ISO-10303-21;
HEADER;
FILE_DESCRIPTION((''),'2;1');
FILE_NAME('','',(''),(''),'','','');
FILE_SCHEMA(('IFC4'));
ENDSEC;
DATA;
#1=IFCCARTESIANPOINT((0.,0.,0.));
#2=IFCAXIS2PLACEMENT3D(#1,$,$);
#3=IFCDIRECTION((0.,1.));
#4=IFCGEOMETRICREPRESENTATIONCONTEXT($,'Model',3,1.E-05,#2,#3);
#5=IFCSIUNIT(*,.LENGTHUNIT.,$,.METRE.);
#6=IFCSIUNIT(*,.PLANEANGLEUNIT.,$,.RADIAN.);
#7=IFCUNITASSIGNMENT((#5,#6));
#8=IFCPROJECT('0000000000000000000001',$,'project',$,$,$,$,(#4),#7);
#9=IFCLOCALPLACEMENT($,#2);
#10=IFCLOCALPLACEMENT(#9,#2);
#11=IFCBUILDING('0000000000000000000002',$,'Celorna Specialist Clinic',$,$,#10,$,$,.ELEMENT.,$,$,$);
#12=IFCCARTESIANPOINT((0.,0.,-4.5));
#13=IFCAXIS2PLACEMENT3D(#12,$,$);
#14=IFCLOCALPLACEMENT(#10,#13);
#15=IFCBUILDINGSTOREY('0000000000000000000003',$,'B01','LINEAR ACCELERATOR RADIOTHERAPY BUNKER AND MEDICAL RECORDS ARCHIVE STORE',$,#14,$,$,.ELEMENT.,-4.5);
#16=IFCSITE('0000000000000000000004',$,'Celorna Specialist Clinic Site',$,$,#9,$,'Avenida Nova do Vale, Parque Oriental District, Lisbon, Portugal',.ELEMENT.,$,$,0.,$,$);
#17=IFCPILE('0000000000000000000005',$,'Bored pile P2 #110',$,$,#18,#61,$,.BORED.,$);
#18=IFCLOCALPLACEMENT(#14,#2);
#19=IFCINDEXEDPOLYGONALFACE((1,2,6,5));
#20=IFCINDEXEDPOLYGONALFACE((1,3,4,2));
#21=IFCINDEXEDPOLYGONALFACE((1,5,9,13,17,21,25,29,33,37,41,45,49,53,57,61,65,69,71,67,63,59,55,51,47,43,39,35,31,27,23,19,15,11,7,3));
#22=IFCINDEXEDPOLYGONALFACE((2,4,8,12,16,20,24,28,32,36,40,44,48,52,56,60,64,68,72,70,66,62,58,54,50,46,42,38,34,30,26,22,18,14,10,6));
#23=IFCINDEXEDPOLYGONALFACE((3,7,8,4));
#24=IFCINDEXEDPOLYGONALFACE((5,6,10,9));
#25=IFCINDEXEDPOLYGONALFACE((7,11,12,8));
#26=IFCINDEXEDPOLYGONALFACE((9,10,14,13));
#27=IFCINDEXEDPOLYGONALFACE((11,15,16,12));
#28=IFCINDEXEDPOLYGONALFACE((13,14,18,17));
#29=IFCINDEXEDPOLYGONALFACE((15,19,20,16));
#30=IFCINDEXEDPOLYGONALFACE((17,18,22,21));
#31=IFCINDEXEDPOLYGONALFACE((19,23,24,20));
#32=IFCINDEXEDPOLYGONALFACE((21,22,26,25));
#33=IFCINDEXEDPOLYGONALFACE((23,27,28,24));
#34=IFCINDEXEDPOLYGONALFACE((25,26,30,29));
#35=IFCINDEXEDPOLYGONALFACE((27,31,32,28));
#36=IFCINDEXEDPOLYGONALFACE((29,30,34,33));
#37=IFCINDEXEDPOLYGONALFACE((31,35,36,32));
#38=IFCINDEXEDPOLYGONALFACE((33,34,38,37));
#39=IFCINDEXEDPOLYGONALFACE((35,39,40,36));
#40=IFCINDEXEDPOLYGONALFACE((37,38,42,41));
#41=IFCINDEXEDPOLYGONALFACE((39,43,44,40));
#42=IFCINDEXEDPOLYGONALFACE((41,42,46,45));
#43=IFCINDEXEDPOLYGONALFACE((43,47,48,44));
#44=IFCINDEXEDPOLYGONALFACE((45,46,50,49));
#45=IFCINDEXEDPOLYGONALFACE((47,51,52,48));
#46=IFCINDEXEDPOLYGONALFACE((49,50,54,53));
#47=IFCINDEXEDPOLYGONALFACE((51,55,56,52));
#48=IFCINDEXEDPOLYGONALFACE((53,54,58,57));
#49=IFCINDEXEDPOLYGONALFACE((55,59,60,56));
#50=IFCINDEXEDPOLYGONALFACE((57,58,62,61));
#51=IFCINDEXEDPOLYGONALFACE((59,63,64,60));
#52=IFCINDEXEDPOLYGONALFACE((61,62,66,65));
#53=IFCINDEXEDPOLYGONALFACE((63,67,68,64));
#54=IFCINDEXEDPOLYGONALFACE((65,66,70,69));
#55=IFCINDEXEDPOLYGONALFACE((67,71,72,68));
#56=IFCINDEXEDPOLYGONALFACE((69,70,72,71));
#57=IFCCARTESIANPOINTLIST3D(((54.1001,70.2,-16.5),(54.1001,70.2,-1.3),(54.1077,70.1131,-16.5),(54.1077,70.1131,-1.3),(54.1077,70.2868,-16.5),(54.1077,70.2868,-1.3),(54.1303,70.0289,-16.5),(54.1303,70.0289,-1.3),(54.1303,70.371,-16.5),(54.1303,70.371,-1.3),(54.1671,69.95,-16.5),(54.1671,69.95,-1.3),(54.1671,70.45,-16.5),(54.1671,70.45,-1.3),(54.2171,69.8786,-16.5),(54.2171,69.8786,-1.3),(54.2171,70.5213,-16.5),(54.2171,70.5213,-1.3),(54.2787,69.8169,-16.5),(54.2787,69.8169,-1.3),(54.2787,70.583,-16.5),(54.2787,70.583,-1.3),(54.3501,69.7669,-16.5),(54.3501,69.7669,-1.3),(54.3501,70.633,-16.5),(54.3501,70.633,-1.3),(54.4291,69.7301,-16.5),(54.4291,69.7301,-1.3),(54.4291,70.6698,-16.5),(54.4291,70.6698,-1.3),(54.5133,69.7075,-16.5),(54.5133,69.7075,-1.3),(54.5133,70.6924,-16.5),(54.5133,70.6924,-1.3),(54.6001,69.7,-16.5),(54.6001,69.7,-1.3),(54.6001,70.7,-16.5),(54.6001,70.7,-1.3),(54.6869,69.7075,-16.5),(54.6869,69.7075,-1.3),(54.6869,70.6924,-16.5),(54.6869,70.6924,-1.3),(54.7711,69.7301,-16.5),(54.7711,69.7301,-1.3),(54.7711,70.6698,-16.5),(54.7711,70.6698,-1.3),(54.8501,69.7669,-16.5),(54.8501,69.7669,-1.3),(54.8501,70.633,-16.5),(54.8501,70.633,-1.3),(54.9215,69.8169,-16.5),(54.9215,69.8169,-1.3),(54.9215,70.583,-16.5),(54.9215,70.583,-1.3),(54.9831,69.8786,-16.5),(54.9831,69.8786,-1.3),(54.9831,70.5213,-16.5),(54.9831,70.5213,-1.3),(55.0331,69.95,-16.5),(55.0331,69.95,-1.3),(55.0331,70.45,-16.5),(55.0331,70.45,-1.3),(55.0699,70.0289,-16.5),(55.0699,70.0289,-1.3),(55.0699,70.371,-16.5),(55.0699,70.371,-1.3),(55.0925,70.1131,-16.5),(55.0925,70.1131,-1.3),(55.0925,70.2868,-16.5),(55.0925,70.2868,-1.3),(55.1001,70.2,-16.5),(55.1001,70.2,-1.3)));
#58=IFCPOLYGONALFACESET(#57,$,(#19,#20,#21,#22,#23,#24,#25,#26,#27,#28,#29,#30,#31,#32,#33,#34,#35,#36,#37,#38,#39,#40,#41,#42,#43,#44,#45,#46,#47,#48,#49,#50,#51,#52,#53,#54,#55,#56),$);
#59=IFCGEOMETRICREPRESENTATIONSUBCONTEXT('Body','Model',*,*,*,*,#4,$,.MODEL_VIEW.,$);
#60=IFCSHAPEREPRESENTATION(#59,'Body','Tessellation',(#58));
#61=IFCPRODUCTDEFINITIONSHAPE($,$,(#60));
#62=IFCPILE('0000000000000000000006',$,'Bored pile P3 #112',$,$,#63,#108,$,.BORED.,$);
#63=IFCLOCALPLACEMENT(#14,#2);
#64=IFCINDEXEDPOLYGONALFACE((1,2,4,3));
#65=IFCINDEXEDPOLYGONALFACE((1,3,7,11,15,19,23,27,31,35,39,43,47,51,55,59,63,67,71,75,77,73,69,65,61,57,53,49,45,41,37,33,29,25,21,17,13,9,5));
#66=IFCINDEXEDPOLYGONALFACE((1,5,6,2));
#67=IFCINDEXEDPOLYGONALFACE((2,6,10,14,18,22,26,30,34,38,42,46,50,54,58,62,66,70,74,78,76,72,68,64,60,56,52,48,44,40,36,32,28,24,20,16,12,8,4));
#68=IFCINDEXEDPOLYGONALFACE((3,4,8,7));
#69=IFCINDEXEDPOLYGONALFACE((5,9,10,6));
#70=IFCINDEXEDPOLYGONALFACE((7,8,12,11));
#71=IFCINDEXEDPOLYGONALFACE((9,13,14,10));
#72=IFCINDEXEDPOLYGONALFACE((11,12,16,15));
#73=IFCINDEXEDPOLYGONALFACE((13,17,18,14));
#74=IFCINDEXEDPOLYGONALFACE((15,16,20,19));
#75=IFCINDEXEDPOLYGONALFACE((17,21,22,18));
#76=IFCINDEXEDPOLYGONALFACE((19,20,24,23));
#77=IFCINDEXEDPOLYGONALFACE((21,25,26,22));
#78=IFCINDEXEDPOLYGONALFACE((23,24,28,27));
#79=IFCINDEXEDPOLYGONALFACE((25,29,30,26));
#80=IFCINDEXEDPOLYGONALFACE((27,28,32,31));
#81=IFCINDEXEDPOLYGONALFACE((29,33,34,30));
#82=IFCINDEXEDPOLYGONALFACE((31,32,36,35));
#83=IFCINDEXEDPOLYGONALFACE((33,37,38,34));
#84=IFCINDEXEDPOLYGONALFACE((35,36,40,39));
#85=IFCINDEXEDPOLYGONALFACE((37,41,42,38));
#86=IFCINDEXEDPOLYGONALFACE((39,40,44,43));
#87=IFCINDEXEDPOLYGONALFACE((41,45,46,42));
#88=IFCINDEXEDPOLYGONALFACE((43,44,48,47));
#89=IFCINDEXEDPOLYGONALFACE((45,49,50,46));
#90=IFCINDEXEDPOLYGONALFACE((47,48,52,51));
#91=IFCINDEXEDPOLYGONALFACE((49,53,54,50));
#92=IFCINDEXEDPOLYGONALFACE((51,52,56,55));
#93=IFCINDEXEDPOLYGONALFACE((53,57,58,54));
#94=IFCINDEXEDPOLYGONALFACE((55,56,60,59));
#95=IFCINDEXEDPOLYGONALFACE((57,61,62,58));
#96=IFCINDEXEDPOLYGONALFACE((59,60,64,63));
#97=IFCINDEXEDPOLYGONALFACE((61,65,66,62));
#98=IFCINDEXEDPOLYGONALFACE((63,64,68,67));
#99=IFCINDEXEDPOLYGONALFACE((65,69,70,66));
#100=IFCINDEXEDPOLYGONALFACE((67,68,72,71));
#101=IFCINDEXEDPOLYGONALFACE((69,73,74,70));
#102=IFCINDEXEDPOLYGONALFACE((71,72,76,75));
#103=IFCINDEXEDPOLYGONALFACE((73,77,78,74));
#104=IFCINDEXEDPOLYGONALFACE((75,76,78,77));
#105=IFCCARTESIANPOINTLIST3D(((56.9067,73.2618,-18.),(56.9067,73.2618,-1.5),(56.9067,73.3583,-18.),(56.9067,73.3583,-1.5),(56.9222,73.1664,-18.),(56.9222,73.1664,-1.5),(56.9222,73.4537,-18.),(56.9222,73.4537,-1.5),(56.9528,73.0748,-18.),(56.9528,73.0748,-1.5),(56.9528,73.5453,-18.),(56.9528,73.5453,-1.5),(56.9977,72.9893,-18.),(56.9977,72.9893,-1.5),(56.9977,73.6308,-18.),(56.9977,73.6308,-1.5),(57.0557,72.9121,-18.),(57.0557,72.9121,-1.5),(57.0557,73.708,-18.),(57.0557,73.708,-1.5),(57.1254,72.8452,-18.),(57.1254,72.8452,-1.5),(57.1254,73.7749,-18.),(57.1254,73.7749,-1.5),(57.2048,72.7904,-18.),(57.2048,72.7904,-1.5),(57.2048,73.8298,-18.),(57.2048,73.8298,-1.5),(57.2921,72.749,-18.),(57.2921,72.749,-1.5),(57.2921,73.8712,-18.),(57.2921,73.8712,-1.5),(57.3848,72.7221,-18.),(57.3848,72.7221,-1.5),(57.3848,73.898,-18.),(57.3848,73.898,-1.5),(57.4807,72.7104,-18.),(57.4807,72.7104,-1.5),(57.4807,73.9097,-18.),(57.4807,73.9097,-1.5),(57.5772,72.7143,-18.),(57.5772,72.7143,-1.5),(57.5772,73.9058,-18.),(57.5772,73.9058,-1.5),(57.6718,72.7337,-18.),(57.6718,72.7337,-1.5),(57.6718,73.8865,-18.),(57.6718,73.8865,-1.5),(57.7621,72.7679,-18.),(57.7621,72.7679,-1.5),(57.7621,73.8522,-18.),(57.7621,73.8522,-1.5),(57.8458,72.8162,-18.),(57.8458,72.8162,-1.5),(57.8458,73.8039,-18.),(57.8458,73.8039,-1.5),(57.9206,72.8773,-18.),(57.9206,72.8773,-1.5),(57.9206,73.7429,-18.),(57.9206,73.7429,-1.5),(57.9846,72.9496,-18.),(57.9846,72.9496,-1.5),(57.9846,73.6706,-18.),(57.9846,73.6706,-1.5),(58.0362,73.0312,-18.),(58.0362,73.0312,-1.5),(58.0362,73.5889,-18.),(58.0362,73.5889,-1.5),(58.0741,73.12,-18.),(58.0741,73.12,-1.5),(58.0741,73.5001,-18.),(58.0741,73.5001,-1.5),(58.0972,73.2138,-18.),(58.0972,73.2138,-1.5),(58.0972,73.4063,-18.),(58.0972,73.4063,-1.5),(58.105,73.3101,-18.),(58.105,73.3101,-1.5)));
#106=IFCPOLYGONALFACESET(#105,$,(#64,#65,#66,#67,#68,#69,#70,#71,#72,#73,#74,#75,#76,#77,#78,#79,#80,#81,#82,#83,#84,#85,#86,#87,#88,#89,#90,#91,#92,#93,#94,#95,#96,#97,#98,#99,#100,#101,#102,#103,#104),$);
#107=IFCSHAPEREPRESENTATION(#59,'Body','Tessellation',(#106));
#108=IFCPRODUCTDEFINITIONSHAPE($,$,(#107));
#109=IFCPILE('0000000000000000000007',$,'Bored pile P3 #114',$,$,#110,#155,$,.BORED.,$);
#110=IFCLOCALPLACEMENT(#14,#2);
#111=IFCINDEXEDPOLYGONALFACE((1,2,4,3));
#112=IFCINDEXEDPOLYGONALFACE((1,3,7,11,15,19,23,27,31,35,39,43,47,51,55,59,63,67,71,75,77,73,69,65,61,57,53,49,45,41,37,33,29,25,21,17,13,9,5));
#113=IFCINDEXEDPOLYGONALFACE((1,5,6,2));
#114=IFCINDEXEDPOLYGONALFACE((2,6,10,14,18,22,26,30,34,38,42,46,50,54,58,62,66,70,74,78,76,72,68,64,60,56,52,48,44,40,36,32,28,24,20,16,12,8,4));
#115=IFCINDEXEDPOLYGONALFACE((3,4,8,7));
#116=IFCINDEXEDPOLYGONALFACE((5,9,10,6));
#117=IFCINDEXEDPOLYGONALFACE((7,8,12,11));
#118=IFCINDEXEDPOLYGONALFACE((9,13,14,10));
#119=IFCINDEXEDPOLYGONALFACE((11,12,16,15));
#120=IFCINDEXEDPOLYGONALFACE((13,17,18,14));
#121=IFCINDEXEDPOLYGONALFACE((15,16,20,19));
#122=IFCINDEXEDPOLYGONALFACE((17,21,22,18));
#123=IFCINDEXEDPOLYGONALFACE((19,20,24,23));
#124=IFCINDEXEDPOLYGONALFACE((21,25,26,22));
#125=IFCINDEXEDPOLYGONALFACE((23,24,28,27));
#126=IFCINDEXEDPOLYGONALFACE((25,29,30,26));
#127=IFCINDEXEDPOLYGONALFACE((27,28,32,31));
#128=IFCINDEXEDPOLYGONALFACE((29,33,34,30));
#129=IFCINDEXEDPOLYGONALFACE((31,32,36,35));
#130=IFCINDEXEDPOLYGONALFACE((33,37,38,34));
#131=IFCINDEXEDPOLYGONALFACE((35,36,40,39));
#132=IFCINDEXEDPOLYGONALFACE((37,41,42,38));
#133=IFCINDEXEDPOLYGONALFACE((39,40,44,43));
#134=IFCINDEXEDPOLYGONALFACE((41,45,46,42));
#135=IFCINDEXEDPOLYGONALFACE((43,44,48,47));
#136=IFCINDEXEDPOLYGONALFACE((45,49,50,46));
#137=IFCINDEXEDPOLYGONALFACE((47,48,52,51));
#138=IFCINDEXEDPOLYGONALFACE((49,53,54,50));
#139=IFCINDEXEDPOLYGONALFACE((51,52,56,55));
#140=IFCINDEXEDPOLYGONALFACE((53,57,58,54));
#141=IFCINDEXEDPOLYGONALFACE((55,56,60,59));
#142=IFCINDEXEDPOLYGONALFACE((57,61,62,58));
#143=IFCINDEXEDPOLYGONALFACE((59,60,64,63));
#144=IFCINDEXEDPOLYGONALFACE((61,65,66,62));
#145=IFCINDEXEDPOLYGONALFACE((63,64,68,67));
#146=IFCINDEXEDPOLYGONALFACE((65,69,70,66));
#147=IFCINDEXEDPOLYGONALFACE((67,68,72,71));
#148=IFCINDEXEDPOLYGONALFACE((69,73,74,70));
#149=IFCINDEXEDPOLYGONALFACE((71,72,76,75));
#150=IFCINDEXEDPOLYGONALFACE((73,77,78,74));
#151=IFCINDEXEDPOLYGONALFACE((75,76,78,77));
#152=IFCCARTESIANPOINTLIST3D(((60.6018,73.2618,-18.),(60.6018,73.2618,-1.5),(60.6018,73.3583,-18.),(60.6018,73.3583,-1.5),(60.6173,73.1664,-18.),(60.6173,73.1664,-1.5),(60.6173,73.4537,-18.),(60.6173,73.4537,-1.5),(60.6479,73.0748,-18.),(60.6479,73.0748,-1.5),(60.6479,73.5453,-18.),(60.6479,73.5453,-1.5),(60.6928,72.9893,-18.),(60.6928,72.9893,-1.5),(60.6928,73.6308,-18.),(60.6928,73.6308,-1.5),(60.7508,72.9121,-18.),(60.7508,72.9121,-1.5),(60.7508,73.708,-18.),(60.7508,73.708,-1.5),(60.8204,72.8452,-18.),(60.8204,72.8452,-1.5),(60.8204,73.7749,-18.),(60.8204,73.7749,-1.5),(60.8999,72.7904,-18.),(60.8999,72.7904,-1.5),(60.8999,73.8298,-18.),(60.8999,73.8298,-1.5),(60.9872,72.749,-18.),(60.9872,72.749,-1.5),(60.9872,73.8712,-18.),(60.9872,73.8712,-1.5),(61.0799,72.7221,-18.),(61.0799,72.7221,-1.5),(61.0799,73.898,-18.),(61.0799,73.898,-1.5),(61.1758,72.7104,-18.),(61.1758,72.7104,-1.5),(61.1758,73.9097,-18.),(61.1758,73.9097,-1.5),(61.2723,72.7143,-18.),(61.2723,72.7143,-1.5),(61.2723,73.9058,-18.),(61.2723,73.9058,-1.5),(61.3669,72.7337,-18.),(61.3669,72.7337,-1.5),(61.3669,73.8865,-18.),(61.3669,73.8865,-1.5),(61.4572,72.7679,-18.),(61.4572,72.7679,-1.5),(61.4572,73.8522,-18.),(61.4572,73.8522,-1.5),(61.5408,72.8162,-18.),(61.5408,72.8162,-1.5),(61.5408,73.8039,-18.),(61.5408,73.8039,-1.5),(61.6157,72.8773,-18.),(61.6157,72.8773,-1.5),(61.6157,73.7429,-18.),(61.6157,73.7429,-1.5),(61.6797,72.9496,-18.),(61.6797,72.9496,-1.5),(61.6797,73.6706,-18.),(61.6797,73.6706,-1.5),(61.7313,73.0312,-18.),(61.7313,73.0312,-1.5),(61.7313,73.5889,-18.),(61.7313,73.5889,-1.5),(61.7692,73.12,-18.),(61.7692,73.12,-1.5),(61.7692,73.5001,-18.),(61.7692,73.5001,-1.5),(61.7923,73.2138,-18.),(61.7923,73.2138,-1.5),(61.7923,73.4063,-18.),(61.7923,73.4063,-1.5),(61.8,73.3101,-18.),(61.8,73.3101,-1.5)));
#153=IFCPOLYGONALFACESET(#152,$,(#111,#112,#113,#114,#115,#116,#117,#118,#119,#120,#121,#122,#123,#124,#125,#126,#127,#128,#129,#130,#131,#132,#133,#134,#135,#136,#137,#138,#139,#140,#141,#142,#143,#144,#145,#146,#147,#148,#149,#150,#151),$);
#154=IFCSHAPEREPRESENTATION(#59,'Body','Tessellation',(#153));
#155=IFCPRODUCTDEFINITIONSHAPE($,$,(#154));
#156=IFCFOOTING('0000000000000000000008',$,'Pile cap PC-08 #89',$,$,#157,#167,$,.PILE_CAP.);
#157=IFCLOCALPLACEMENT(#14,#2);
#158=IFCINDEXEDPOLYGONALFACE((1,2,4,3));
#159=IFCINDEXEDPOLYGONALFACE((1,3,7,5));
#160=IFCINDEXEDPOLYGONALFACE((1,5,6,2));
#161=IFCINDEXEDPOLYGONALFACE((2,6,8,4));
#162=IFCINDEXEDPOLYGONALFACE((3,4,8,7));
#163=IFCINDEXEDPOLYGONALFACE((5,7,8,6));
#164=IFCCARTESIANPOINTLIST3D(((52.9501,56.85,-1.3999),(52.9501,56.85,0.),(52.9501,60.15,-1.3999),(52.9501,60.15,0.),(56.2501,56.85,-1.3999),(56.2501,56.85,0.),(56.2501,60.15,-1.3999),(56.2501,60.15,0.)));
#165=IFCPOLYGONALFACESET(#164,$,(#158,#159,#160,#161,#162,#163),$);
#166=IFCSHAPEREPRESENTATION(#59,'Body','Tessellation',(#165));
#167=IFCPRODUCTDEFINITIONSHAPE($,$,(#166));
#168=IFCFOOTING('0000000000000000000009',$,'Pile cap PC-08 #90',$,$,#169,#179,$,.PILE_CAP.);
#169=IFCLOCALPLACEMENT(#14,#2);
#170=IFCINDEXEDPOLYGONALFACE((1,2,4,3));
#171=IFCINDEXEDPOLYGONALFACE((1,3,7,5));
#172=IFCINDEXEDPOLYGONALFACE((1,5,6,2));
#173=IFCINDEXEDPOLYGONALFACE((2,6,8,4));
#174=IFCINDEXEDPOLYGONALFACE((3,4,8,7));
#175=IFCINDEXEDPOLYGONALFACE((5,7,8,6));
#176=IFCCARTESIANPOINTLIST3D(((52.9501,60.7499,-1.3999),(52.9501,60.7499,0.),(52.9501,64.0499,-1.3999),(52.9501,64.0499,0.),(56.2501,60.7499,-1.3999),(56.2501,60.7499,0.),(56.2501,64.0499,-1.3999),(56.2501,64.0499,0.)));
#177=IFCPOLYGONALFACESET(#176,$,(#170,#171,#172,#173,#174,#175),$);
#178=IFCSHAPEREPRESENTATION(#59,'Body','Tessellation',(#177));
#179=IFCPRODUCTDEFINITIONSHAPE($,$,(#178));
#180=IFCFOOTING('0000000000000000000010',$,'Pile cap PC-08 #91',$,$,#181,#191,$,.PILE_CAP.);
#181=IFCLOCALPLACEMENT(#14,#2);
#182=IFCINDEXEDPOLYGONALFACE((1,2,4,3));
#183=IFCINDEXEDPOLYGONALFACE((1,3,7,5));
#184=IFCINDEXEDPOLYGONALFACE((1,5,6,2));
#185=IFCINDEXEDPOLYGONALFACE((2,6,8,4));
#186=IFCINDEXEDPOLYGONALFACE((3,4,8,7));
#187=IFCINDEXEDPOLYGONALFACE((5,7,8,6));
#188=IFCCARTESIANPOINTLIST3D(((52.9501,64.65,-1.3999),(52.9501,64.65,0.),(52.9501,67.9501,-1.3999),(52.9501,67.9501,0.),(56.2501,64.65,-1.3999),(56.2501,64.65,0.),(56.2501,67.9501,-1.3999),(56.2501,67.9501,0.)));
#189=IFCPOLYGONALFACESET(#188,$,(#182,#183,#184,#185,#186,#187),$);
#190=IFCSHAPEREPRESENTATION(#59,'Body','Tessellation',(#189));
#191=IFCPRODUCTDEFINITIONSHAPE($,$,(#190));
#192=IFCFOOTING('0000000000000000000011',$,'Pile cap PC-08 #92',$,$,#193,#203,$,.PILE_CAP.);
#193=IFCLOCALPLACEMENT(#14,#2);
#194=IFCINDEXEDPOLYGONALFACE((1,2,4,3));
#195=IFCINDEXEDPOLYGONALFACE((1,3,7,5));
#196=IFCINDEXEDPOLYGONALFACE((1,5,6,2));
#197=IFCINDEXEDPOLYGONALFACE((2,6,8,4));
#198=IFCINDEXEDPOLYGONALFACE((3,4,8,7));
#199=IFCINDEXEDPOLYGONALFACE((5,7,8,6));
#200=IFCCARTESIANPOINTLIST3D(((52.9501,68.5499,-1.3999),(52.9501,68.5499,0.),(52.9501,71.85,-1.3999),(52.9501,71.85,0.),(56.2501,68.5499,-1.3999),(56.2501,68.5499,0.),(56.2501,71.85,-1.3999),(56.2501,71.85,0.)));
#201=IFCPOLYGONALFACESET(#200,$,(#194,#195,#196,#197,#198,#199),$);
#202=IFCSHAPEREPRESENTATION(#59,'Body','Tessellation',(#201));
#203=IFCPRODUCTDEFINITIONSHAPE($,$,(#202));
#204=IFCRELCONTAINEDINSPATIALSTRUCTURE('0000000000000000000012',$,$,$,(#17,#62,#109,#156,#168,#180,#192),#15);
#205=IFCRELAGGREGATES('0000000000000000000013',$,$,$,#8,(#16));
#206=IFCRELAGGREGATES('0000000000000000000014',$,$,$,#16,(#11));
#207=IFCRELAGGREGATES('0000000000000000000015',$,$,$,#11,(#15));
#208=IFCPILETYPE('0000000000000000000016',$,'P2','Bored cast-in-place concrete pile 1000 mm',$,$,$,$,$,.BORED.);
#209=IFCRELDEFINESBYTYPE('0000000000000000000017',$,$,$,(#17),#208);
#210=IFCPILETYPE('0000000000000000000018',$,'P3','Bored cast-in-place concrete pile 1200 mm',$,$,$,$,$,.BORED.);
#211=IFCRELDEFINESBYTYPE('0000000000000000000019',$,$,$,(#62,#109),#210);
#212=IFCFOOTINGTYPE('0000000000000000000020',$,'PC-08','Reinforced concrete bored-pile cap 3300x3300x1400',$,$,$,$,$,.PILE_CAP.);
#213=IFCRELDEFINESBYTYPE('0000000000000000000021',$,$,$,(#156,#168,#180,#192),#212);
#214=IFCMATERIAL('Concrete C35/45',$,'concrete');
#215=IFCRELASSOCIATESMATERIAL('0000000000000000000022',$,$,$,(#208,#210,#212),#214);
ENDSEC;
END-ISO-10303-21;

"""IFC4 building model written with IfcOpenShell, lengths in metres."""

from ifc_helpers import new_model, si_unit, direction, frame, origin, origin_2d, place, context, subcontext, project, spatial, rectangle, circle, extrude, material, material_profile, profile_set, type_object, element, save


model = new_model("IFC4")

# Units and contexts
model_context = context("Model", 3, precision=1e-05, world=origin(), true_north=direction((0.0, 1.0)))
body_context = subcontext(model_context, "Body", "Model", "MODEL_VIEW")
ifc_project = project(units=[si_unit("LENGTHUNIT", "METRE"), si_unit("PLANEANGLEUNIT", "RADIAN")], contexts=[model_context])

# Site, building, storey
site_placement = place(None, origin())
site = spatial("IfcSite", under=ifc_project, at=site_placement, Name="Celorna Specialist Clinic Site", LongName="Avenida Nova do Vale, Parque Oriental District, Lisbon, Portugal", CompositionType="ELEMENT", RefElevation=0.0)
building_placement = place(site_placement, origin())
building = spatial("IfcBuilding", under=site, at=building_placement, Name="Celorna Specialist Clinic", CompositionType="ELEMENT")
storey_placement = place(building_placement, frame((0.0, 0.0, -4.5)))
storey = spatial("IfcBuildingStorey", under=building, at=storey_placement, Name="B01", Description="LINEAR ACCELERATOR RADIOTHERAPY BUNKER AND MEDICAL RECORDS ARCHIVE STORE", CompositionType="ELEMENT", Elevation=-4.5)

# Shared definitions
ifc_material_1 = material(Name="Concrete C35/45", Category="concrete")

# Piles
ifc_material_profile_1 = material_profile(ifc_material_1, circle(Radius=0.5, at=origin_2d()), Name="BORED PILE 1000")
ifc_profile_set_1 = profile_set([ifc_material_profile_1], Name="Concrete C35/45")
pile_type_1 = type_object("IfcPileType", Name="P2", Description="Bored cast-in-place concrete pile 1000 mm", PredefinedType="BORED", material=ifc_profile_set_1)
for number, where, z_axis, x_axis, name in (
    (1, (54.6001, 70.2, -1.3), (0.0, 0.0, -1.0), (1.0, 0.0, 0.0), "Bored pile P2 #110"),
):
    element("IfcPile", number, at=place(storey_placement, frame(where, z_axis=z_axis, x_axis=x_axis)), inside=storey, type_object=pile_type_1, Name=name, PredefinedType="BORED", context=body_context, shape_type="SweptSolid", body=[
        extrude(circle(Radius=0.5, at=origin_2d()), origin(), (0.0, 0.0, 1.0), 15.2),
    ])
ifc_material_profile_2 = material_profile(ifc_material_1, circle(Radius=0.6001, at=origin_2d()), Name="BORED PILE 1200")
ifc_profile_set_2 = profile_set([ifc_material_profile_2], Name="Concrete C35/45")
pile_type_2 = type_object("IfcPileType", Name="P3", Description="Bored cast-in-place concrete pile 1200 mm", PredefinedType="BORED", material=ifc_profile_set_2)
for number, where, z_axis, x_axis, name in (
    (2, (57.5049, 73.3101, -1.5), (0.0, 0.0, -1.0), (1.0, 0.0, 0.0), "Bored pile P3 #112"),
    (3, (61.2, 73.3101, -1.5), (0.0, 0.0, -1.0), (1.0, 0.0, 0.0), "Bored pile P3 #114"),
):
    element("IfcPile", number, at=place(storey_placement, frame(where, z_axis=z_axis, x_axis=x_axis)), inside=storey, type_object=pile_type_2, Name=name, PredefinedType="BORED", context=body_context, shape_type="SweptSolid", body=[
        extrude(circle(Radius=0.6001, at=origin_2d()), origin(), (0.0, 0.0, 1.0), 16.5),
    ])

# Footings
footing_type_1 = type_object("IfcFootingType", Name="PC-08", Description="Reinforced concrete bored-pile cap 3300x3300x1400", PredefinedType="PILE_CAP", material=ifc_material_1)
for number, where, z_axis, x_axis, name in (
    (4, (54.6001, 58.5, -1.3999), (0.0, 0.0, 1.0), (1.0, 0.0, 0.0), "Pile cap PC-08 #89"),
    (5, (54.6001, 62.3999, -1.3999), (0.0, 0.0, 1.0), (1.0, 0.0, 0.0), "Pile cap PC-08 #90"),
    (6, (54.6001, 66.3, -1.3999), (0.0, 0.0, 1.0), (1.0, 0.0, 0.0), "Pile cap PC-08 #91"),
    (7, (54.6001, 70.2, -1.3999), (0.0, 0.0, 1.0), (1.0, 0.0, 0.0), "Pile cap PC-08 #92"),
):
    element("IfcFooting", number, at=place(storey_placement, frame(where, z_axis=z_axis, x_axis=x_axis)), inside=storey, type_object=footing_type_1, Name=name, PredefinedType="PILE_CAP", context=body_context, shape_type="SweptSolid", body=[
        extrude(rectangle(XDim=3.3, YDim=3.3, at=origin_2d()), origin(), (0.0, 0.0, 1.0), 1.3999),
    ])

save(model, "model.ifc")
